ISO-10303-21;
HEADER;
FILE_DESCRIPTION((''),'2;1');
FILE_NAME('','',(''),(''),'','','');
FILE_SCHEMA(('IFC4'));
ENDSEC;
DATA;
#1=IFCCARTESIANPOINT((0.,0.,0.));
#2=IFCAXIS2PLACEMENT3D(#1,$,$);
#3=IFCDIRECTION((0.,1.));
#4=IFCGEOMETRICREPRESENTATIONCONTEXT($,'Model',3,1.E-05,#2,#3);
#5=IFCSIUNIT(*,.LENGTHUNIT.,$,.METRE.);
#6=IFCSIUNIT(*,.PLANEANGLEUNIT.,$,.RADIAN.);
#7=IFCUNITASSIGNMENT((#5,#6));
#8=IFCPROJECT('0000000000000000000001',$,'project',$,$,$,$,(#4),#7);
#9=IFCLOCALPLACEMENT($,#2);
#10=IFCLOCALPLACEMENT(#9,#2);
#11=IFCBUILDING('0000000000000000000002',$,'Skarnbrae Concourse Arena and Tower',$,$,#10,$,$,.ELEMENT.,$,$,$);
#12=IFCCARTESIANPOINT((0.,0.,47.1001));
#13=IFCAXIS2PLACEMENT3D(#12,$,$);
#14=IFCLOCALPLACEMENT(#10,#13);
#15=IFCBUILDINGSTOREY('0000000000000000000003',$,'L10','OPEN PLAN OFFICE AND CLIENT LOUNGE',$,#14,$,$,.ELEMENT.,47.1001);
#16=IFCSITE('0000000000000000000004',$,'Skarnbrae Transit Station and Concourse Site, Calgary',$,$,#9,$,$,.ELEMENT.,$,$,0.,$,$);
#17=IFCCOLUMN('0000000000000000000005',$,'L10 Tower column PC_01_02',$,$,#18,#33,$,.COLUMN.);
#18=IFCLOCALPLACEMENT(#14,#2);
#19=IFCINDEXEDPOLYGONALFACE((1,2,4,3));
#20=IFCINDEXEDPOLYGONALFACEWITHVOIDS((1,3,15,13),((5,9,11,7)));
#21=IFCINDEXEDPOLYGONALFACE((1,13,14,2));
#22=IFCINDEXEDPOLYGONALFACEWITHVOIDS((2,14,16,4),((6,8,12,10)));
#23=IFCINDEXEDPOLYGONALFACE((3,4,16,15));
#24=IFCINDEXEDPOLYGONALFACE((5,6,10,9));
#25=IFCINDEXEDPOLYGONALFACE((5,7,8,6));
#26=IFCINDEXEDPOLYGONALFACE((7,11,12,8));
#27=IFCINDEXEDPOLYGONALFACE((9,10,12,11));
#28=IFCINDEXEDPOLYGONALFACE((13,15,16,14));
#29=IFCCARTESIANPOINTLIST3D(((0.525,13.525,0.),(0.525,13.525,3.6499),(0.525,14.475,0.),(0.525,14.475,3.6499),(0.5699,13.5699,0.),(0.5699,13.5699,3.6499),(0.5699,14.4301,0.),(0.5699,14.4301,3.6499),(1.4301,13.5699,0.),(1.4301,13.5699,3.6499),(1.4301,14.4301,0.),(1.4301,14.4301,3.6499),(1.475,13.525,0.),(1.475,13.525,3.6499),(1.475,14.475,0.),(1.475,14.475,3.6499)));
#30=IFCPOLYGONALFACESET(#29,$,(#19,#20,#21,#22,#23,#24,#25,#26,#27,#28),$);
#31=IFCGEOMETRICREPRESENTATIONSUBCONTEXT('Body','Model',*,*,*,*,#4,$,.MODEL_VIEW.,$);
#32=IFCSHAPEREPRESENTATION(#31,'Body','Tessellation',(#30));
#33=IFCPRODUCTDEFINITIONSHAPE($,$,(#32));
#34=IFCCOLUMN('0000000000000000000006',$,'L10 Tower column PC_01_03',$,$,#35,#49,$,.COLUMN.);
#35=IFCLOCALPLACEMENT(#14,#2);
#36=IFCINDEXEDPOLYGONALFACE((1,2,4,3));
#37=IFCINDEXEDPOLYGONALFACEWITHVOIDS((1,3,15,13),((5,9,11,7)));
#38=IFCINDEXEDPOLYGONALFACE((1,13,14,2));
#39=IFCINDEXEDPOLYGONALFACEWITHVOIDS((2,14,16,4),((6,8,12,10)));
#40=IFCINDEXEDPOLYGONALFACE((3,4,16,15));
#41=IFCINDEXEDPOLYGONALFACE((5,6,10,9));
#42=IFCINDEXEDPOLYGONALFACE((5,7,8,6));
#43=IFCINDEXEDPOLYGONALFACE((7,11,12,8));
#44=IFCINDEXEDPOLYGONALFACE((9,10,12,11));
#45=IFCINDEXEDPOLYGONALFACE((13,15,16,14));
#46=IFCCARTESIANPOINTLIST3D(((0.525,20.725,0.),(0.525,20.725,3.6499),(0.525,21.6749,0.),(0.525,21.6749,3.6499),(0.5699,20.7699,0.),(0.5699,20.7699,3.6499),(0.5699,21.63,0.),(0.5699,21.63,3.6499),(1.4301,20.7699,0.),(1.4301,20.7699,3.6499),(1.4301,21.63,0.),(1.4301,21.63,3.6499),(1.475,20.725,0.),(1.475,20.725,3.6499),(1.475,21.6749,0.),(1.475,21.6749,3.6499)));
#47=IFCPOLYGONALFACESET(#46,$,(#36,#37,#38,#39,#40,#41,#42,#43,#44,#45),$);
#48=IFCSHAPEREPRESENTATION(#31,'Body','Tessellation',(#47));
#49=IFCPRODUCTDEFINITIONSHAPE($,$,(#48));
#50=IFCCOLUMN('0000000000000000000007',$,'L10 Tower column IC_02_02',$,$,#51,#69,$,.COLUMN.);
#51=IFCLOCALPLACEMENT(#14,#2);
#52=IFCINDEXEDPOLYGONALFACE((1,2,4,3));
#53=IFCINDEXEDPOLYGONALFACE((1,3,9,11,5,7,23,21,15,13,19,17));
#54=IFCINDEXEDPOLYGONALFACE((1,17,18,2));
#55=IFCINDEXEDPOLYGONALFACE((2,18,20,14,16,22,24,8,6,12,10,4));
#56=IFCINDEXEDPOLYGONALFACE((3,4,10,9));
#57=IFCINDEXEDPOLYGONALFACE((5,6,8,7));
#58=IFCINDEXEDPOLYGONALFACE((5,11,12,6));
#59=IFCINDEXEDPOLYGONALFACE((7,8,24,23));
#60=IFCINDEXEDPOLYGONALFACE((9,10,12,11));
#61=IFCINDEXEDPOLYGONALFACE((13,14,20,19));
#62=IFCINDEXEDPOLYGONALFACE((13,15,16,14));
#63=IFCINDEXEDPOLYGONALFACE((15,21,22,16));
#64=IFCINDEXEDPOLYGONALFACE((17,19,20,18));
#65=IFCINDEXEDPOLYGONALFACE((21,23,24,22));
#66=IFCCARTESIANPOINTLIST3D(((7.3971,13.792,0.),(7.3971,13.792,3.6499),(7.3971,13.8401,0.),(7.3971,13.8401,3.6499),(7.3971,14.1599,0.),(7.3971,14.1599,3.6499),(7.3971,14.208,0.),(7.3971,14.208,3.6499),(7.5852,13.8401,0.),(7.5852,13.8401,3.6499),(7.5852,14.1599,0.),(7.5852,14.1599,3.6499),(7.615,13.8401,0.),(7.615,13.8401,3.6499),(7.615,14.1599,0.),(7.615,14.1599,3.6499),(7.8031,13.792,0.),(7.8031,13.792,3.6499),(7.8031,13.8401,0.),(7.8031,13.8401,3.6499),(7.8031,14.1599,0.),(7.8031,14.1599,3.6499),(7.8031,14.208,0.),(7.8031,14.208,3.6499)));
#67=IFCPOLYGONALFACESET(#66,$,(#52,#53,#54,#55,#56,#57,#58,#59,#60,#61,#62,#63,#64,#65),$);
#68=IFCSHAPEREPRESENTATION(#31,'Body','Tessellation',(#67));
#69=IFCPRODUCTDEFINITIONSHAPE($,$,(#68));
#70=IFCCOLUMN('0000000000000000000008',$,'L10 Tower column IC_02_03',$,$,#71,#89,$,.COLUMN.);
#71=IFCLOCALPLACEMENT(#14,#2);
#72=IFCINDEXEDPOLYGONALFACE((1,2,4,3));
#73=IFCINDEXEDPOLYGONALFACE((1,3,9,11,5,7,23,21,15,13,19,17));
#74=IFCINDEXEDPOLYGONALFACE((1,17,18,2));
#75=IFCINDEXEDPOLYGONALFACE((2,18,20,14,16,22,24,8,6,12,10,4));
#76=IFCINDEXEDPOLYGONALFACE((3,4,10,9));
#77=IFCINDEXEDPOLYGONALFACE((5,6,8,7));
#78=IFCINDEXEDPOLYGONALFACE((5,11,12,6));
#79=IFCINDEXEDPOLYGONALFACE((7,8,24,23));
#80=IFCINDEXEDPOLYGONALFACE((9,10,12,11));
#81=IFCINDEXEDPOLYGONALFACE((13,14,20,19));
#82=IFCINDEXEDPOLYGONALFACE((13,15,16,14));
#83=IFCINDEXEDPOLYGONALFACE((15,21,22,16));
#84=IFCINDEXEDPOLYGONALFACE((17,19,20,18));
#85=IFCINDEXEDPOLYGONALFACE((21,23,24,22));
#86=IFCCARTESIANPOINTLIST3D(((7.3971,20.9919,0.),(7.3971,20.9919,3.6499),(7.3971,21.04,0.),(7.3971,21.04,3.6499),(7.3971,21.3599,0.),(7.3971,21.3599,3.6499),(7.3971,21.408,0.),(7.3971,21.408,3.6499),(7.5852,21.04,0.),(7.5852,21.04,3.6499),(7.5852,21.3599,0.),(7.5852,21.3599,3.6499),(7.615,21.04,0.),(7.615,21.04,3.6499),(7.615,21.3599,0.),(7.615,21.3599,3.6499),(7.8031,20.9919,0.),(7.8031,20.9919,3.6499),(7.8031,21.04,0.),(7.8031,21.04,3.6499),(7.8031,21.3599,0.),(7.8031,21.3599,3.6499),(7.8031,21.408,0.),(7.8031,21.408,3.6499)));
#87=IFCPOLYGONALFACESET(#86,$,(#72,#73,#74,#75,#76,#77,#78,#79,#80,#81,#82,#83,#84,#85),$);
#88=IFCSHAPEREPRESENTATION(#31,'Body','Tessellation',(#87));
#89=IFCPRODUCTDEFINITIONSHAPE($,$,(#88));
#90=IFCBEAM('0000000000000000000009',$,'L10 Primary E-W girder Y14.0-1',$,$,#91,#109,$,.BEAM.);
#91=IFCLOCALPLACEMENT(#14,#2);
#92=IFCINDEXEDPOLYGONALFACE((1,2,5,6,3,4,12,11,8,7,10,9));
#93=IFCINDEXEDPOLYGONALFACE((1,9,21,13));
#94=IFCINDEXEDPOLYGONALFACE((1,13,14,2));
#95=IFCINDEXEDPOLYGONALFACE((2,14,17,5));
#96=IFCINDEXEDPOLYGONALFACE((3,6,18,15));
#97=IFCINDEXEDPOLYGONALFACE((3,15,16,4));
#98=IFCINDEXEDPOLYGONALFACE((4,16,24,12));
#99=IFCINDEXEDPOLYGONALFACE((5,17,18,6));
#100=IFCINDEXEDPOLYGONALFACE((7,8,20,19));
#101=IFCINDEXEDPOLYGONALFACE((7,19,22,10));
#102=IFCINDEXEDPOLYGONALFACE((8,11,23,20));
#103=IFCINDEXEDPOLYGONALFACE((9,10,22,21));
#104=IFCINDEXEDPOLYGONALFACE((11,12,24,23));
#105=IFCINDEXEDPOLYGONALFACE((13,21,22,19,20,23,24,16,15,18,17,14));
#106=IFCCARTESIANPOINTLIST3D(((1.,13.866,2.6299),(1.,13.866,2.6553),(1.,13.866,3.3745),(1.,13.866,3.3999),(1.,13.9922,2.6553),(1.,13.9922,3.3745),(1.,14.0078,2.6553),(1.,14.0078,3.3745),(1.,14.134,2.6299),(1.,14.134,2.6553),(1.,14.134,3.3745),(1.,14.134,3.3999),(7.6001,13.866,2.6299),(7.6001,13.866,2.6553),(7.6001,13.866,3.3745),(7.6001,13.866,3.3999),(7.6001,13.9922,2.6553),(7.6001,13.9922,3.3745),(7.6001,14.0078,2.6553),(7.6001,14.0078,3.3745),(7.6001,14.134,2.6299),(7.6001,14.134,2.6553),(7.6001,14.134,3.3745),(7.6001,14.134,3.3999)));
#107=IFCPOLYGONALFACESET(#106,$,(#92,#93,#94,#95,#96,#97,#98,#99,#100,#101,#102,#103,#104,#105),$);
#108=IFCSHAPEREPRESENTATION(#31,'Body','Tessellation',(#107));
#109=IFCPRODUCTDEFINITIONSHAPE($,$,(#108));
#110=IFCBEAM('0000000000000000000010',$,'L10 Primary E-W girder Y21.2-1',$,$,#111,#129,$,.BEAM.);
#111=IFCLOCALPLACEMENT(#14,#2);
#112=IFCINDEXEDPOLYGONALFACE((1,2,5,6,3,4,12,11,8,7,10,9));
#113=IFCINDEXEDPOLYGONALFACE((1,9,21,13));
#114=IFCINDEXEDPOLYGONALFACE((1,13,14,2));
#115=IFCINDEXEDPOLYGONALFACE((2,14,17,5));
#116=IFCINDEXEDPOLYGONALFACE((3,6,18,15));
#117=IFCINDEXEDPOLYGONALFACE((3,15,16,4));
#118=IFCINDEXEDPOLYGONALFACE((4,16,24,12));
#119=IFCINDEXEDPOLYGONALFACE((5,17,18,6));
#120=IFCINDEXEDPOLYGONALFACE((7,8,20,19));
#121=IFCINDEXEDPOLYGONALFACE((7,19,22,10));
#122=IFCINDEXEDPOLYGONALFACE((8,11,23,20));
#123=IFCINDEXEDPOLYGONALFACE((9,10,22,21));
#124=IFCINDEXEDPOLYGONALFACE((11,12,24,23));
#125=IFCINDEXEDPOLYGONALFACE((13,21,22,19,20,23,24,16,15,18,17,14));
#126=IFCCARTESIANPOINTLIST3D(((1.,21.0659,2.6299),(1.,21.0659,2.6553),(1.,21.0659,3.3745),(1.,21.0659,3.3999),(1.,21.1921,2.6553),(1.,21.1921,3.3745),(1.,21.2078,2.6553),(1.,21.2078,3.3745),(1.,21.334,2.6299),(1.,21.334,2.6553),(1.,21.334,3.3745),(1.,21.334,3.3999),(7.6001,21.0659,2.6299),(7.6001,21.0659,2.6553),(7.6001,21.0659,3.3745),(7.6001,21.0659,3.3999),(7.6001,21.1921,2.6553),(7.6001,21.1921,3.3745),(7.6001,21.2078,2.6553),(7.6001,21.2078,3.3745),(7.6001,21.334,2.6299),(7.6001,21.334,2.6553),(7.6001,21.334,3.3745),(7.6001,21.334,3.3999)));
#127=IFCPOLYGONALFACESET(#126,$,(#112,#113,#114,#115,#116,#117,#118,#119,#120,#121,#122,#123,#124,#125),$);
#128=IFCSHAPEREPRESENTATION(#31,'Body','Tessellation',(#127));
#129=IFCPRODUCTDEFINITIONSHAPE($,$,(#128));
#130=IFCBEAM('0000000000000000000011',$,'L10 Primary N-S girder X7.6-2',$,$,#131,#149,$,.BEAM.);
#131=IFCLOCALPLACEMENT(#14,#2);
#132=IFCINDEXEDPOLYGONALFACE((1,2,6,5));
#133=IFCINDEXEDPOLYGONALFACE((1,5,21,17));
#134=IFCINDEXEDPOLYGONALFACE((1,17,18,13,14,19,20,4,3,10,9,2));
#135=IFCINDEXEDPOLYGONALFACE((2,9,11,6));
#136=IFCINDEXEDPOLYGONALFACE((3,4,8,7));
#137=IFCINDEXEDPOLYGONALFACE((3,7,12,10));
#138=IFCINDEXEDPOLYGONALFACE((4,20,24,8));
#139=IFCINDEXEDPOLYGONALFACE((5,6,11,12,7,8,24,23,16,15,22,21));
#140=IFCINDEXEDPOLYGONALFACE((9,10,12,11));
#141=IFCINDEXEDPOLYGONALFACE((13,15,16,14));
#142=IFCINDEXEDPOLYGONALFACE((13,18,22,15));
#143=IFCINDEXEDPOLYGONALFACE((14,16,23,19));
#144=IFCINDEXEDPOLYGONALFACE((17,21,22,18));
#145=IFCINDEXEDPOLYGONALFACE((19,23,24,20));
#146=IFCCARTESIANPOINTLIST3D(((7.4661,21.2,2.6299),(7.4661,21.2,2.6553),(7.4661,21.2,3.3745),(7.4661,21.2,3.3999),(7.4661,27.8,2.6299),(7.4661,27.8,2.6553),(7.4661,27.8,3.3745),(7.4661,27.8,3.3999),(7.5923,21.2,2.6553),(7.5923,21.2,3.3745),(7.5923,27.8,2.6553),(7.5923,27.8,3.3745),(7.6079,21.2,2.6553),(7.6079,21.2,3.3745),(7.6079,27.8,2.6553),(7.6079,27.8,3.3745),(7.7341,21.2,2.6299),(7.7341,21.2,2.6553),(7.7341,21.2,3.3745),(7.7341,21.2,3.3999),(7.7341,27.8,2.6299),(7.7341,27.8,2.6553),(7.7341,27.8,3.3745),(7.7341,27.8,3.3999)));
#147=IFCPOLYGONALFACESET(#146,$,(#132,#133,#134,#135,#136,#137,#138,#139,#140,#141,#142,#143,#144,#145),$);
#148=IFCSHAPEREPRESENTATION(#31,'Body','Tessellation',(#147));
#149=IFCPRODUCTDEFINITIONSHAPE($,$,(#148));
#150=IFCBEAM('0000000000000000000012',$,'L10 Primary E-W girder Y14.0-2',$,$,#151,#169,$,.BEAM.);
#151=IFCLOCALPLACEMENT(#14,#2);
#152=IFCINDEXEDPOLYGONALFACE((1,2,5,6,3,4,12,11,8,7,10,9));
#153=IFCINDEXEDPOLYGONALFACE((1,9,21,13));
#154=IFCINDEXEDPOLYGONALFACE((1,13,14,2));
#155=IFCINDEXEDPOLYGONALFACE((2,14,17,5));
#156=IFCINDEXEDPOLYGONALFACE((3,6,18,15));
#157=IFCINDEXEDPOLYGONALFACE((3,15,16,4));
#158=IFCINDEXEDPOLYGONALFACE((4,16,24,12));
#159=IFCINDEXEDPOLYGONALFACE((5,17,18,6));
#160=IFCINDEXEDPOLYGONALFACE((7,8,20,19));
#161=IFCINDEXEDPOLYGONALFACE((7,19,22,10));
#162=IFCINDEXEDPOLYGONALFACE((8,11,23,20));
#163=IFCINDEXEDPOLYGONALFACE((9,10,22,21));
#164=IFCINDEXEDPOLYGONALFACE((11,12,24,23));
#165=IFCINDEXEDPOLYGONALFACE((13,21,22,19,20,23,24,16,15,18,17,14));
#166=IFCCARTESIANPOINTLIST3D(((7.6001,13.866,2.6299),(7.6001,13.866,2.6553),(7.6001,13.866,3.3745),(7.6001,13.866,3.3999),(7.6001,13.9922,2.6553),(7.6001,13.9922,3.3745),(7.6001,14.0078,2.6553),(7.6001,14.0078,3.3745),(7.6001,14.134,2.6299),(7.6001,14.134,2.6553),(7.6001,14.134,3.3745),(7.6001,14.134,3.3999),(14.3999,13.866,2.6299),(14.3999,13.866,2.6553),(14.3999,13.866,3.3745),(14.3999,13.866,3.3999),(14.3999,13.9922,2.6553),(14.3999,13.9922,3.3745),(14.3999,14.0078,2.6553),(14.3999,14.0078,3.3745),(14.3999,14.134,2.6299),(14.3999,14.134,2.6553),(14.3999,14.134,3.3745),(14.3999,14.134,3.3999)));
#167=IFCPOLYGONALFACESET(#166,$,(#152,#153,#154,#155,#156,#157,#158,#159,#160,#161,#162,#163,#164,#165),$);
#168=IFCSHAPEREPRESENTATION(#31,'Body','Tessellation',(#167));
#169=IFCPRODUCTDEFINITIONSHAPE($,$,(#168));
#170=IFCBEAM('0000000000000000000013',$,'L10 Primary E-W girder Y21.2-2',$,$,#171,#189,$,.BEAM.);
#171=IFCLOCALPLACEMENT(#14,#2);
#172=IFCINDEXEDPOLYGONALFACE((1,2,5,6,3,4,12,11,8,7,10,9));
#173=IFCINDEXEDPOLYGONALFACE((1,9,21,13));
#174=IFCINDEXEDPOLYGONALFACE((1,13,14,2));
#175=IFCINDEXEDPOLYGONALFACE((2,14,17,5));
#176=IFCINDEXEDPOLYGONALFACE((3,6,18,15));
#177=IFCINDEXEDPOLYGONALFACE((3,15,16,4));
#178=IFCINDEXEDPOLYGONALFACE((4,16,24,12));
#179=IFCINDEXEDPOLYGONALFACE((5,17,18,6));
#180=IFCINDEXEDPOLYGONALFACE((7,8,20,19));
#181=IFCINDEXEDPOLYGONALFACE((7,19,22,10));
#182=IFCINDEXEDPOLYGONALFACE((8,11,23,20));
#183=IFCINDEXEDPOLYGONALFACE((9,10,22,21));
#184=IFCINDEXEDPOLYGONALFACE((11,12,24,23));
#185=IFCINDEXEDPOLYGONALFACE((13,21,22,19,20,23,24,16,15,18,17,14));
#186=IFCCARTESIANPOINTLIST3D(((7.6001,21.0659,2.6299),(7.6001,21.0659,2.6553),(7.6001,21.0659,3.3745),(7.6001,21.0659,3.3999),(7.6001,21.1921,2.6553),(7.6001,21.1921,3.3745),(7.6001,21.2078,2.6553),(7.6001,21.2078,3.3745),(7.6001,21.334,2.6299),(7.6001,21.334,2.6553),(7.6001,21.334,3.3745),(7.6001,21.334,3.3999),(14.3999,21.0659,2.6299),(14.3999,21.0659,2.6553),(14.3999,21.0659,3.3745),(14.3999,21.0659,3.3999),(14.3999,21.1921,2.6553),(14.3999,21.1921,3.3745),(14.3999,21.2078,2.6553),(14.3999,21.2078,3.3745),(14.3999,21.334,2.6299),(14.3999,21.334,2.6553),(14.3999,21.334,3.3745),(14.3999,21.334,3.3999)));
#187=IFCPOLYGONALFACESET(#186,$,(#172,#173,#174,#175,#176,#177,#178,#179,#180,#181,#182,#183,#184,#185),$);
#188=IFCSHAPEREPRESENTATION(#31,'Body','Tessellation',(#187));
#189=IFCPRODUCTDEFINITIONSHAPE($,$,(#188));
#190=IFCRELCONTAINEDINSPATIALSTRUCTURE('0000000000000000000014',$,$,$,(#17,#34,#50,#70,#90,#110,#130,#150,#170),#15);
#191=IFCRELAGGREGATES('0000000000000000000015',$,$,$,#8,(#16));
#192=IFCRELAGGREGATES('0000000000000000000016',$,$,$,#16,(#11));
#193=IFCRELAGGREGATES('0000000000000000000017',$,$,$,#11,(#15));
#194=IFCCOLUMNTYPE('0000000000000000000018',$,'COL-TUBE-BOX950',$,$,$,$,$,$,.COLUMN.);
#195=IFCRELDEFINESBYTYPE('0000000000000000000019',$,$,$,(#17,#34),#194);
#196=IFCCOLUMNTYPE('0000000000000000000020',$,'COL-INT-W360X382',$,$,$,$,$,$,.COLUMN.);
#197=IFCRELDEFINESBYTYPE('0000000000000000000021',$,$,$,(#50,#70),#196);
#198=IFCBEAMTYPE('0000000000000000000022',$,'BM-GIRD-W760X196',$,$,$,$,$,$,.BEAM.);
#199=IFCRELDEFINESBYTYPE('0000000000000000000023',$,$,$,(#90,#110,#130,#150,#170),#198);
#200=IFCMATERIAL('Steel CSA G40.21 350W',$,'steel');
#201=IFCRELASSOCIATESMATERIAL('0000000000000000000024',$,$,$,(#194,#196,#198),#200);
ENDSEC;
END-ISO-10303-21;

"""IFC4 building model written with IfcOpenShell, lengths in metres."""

from ifc_helpers import new_model, si_unit, direction, frame, origin, origin_2d, place, context, subcontext, project, spatial, hollow_rectangle, i_section, extrude, source, transform, mapped, material, material_profile, profile_set, type_object, element, save


model = new_model("IFC4")

# Units and contexts
model_context = context("Model", 3, precision=1e-05, world=origin(), true_north=direction((0.0, 1.0)))
body_context = subcontext(model_context, "Body", "Model", "MODEL_VIEW")
ifc_project = project(units=[si_unit("LENGTHUNIT", "METRE"), si_unit("PLANEANGLEUNIT", "RADIAN")], contexts=[model_context])

# Site, building, storey
site_placement = place(None, origin())
site = spatial("IfcSite", under=ifc_project, at=site_placement, Name="Skarnbrae Transit Station and Concourse Site, Calgary", CompositionType="ELEMENT", RefElevation=0.0)
building_placement = place(site_placement, origin())
building = spatial("IfcBuilding", under=site, at=building_placement, Name="Skarnbrae Concourse Arena and Tower", CompositionType="ELEMENT")
storey_placement = place(building_placement, frame((0.0, 0.0, 47.1001)))
storey = spatial("IfcBuildingStorey", under=building, at=storey_placement, Name="L10", Description="OPEN PLAN OFFICE AND CLIENT LOUNGE", CompositionType="ELEMENT", Elevation=47.1001)

# Columns
ifc_material_1 = material(Name="Steel CSA G40.21 350W", Category="steel")
ifc_material_profile_1 = material_profile(ifc_material_1, hollow_rectangle(XDim=0.95, YDim=0.95, WallThickness=0.0449, at=origin_2d()), Name="BOX950X950X45")
ifc_profile_set_1 = profile_set([ifc_material_profile_1], Name="Steel CSA G40.21 350W")
column_type_1 = type_object("IfcColumnType", Name="COL-TUBE-BOX950", PredefinedType="COLUMN", material=ifc_profile_set_1)
shared_shape_1 = source(origin(), body_context, "Body", "SweptSolid", [
    extrude(hollow_rectangle(XDim=0.95, YDim=0.95, WallThickness=0.0449, at=origin_2d()), origin(), (0.0, 0.0, 1.0), 3.6499),
])
for number, where, z_axis, x_axis, name in (
    (1, (1.0, 14.0, 0.0), (0.0, 0.0, 1.0), (1.0, 0.0, 0.0), "L10 Tower column PC_01_02"),
    (2, (1.0, 21.2, 0.0), (0.0, 0.0, 1.0), (1.0, 0.0, 0.0), "L10 Tower column PC_01_03"),
):
    element("IfcColumn", number, at=place(storey_placement, frame(where, z_axis=z_axis, x_axis=x_axis)), inside=storey, type_object=column_type_1, Name=name, PredefinedType="COLUMN", context=body_context, shape_type="MappedRepresentation", body=[
        mapped(shared_shape_1, transform((0.0, 0.0, 0.0))),
    ])
ifc_material_profile_2 = material_profile(ifc_material_1, i_section(OverallWidth=0.406, OverallDepth=0.416, WebThickness=0.0298, FlangeThickness=0.0481, at=origin_2d()), Name="W360X382")
ifc_profile_set_2 = profile_set([ifc_material_profile_2], Name="Steel CSA G40.21 350W")
column_type_2 = type_object("IfcColumnType", Name="COL-INT-W360X382", PredefinedType="COLUMN", material=ifc_profile_set_2)
shared_shape_2 = source(origin(), body_context, "Body", "SweptSolid", [
    extrude(i_section(OverallWidth=0.406, OverallDepth=0.416, WebThickness=0.0298, FlangeThickness=0.0481, at=origin_2d()), origin(), (0.0, 0.0, 1.0), 3.6499),
])
for number, where, z_axis, x_axis, name in (
    (3, (7.6001, 14.0, 0.0), (0.0, 0.0, 1.0), (1.0, 0.0, 0.0), "L10 Tower column IC_02_02"),
    (4, (7.6001, 21.2, 0.0), (0.0, 0.0, 1.0), (1.0, 0.0, 0.0), "L10 Tower column IC_02_03"),
):
    element("IfcColumn", number, at=place(storey_placement, frame(where, z_axis=z_axis, x_axis=x_axis)), inside=storey, type_object=column_type_2, Name=name, PredefinedType="COLUMN", context=body_context, shape_type="MappedRepresentation", body=[
        mapped(shared_shape_2, transform((0.0, 0.0, 0.0))),
    ])

# Beams
ifc_material_profile_3 = material_profile(ifc_material_1, i_section(OverallWidth=0.2681, OverallDepth=0.77, WebThickness=0.0156, FlangeThickness=0.0254, at=origin_2d()), Name="W760X196")
ifc_profile_set_3 = profile_set([ifc_material_profile_3], Name="Steel CSA G40.21 350W")
beam_type_1 = type_object("IfcBeamType", Name="BM-GIRD-W760X196", PredefinedType="BEAM", material=ifc_profile_set_3)
shared_shape_3 = source(origin(), body_context, "Body", "SweptSolid", [
    extrude(i_section(OverallWidth=0.2681, OverallDepth=0.77, WebThickness=0.0156, FlangeThickness=0.0254, at=origin_2d()), origin(), (0.0, 0.0, 1.0), 6.6001),
])
for number, where, z_axis, x_axis, name in (
    (5, (1.0, 14.0, 3.0149), (1.0, 0.0, 0.0), (0.0, 1.0, 0.0), "L10 Primary E-W girder Y14.0-1"),
    (6, (1.0, 21.2, 3.0149), (1.0, 0.0, 0.0), (0.0, 1.0, 0.0), "L10 Primary E-W girder Y21.2-1"),
    (7, (7.6001, 21.2, 3.0149), (0.0, 1.0, 0.0), (-1.0, 0.0, 0.0), "L10 Primary N-S girder X7.6-2"),
):
    element("IfcBeam", number, at=place(storey_placement, frame(where, z_axis=z_axis, x_axis=x_axis)), inside=storey, type_object=beam_type_1, Name=name, PredefinedType="BEAM", context=body_context, shape_type="MappedRepresentation", body=[
        mapped(shared_shape_3, transform((0.0, 0.0, 0.0))),
    ])
shared_shape_4 = source(origin(), body_context, "Body", "SweptSolid", [
    extrude(i_section(OverallWidth=0.2681, OverallDepth=0.77, WebThickness=0.0156, FlangeThickness=0.0254, at=origin_2d()), origin(), (0.0, 0.0, 1.0), 6.7998),
])
for number, where, z_axis, x_axis, name in (
    (8, (7.6001, 14.0, 3.0149), (1.0, 0.0, 0.0), (0.0, 1.0, 0.0), "L10 Primary E-W girder Y14.0-2"),
    (9, (7.6001, 21.2, 3.0149), (1.0, 0.0, 0.0), (0.0, 1.0, 0.0), "L10 Primary E-W girder Y21.2-2"),
):
    element("IfcBeam", number, at=place(storey_placement, frame(where, z_axis=z_axis, x_axis=x_axis)), inside=storey, type_object=beam_type_1, Name=name, PredefinedType="BEAM", context=body_context, shape_type="MappedRepresentation", body=[
        mapped(shared_shape_4, transform((0.0, 0.0, 0.0))),
    ])

save(model, "model.ifc")
